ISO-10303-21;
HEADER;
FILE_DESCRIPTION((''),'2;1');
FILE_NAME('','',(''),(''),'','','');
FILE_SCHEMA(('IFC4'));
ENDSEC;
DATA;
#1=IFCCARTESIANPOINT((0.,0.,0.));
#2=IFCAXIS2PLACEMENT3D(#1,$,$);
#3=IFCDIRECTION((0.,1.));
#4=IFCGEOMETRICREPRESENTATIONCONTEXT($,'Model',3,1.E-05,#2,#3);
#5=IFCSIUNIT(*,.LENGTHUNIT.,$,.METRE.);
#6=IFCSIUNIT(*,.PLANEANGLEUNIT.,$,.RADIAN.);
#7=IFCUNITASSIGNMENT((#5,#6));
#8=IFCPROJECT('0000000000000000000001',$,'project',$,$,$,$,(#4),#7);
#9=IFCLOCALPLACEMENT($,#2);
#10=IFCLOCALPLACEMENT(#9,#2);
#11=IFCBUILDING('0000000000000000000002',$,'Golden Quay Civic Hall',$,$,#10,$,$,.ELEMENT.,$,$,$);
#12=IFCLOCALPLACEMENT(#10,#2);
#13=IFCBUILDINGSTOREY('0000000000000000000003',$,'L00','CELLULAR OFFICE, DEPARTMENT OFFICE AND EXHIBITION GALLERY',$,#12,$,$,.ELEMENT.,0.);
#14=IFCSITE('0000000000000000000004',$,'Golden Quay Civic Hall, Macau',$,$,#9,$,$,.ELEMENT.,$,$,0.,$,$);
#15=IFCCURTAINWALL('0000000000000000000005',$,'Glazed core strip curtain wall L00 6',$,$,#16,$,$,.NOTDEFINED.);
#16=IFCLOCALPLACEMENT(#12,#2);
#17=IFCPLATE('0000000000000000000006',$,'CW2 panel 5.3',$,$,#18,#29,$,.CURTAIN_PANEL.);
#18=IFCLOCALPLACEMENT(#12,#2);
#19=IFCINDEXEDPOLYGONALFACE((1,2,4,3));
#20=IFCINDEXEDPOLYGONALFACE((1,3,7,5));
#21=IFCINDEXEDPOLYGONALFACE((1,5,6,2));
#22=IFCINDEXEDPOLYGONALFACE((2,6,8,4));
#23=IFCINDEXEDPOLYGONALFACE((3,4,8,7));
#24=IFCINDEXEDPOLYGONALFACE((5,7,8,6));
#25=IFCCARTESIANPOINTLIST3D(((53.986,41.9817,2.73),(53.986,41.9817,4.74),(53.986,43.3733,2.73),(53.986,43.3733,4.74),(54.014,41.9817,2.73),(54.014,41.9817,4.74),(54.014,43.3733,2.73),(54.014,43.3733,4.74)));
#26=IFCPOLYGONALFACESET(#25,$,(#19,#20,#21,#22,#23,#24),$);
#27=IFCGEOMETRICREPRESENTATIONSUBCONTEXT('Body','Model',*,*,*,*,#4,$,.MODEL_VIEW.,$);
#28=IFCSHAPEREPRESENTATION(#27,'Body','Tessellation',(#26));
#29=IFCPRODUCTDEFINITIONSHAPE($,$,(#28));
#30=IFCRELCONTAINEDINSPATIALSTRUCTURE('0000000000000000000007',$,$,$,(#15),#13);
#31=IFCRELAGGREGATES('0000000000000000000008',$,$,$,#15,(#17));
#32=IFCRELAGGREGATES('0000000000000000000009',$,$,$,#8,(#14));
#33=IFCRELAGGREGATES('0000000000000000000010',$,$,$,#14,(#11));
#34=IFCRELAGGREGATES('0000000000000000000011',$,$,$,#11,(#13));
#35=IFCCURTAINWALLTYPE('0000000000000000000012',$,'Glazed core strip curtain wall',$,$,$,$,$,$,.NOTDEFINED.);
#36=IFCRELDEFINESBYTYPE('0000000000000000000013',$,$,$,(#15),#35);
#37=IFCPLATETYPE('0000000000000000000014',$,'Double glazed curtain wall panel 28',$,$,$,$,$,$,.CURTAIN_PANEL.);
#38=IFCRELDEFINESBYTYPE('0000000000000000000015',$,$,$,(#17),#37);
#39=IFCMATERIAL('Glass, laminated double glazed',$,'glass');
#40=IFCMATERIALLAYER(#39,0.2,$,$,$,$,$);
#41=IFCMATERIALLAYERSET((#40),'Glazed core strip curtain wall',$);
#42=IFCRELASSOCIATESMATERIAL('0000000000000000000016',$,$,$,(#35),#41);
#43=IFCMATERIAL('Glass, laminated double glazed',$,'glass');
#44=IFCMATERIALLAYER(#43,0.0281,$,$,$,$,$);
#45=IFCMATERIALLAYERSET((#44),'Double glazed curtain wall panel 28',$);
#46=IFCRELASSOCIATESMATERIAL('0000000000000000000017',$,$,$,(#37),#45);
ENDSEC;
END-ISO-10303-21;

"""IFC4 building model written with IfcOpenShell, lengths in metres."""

from ifc_helpers import new_model, si_unit, direction, frame, origin, origin_2d, place, context, subcontext, project, spatial, rectangle, extrude, material, layer, layer_set, type_object, element, aggregate, save


model = new_model("IFC4")

# Units and contexts
model_context = context("Model", 3, precision=1e-05, world=origin(), true_north=direction((0.0, 1.0)))
body_context = subcontext(model_context, "Body", "Model", "MODEL_VIEW")
ifc_project = project(units=[si_unit("LENGTHUNIT", "METRE"), si_unit("PLANEANGLEUNIT", "RADIAN")], contexts=[model_context])

# Site, building, storey
site_placement = place(None, origin())
site = spatial("IfcSite", under=ifc_project, at=site_placement, Name="Golden Quay Civic Hall, Macau", CompositionType="ELEMENT", RefElevation=0.0)
building_placement = place(site_placement, origin())
building = spatial("IfcBuilding", under=site, at=building_placement, Name="Golden Quay Civic Hall", CompositionType="ELEMENT")
storey_placement = place(building_placement, origin())
storey = spatial("IfcBuildingStorey", under=building, at=storey_placement, Name="L00", Description="CELLULAR OFFICE, DEPARTMENT OFFICE AND EXHIBITION GALLERY", CompositionType="ELEMENT", Elevation=0.0)

# Curtain wall, plate
ifc_material_1 = material(Name="Glass, laminated double glazed", Category="glass")
ifc_layer_1 = layer(ifc_material_1, 0.2)
ifc_layer_set_1 = layer_set([ifc_layer_1], Name="Glazed core strip curtain wall")
curtain_wall_type = type_object("IfcCurtainWallType", Name="Glazed core strip curtain wall", PredefinedType="NOTDEFINED", material=ifc_layer_set_1)
curtain_wall_placement = place(storey_placement, origin())
curtain_wall = element("IfcCurtainWall", 1, at=curtain_wall_placement, inside=storey, type_object=curtain_wall_type, Name="Glazed core strip curtain wall L00 6", PredefinedType="NOTDEFINED")
ifc_material_2 = material(Name="Glass, laminated double glazed", Category="glass")
ifc_layer_2 = layer(ifc_material_2, 0.0281)
ifc_layer_set_2 = layer_set([ifc_layer_2], Name="Double glazed curtain wall panel 28")
plate_type = type_object("IfcPlateType", Name="Double glazed curtain wall panel 28", PredefinedType="CURTAIN_PANEL", material=ifc_layer_set_2)
plate_1_placement = place(storey_placement, frame((54.0, 42.6775, 2.73), z_axis=(0.0, 0.0, 1.0), x_axis=(0.0, 1.0, 0.0)))
plate_1 = element("IfcPlate", 2, at=plate_1_placement, type_object=plate_type, Name="CW2 panel 5.3", PredefinedType="CURTAIN_PANEL", context=body_context, shape_type="SweptSolid", body=[
    extrude(rectangle(XDim=1.3916, YDim=0.0281, at=origin_2d()), origin(), (0.0, 0.0, 1.0), 2.01),
])
aggregate(curtain_wall, [plate_1])

save(model, "model.ifc")
